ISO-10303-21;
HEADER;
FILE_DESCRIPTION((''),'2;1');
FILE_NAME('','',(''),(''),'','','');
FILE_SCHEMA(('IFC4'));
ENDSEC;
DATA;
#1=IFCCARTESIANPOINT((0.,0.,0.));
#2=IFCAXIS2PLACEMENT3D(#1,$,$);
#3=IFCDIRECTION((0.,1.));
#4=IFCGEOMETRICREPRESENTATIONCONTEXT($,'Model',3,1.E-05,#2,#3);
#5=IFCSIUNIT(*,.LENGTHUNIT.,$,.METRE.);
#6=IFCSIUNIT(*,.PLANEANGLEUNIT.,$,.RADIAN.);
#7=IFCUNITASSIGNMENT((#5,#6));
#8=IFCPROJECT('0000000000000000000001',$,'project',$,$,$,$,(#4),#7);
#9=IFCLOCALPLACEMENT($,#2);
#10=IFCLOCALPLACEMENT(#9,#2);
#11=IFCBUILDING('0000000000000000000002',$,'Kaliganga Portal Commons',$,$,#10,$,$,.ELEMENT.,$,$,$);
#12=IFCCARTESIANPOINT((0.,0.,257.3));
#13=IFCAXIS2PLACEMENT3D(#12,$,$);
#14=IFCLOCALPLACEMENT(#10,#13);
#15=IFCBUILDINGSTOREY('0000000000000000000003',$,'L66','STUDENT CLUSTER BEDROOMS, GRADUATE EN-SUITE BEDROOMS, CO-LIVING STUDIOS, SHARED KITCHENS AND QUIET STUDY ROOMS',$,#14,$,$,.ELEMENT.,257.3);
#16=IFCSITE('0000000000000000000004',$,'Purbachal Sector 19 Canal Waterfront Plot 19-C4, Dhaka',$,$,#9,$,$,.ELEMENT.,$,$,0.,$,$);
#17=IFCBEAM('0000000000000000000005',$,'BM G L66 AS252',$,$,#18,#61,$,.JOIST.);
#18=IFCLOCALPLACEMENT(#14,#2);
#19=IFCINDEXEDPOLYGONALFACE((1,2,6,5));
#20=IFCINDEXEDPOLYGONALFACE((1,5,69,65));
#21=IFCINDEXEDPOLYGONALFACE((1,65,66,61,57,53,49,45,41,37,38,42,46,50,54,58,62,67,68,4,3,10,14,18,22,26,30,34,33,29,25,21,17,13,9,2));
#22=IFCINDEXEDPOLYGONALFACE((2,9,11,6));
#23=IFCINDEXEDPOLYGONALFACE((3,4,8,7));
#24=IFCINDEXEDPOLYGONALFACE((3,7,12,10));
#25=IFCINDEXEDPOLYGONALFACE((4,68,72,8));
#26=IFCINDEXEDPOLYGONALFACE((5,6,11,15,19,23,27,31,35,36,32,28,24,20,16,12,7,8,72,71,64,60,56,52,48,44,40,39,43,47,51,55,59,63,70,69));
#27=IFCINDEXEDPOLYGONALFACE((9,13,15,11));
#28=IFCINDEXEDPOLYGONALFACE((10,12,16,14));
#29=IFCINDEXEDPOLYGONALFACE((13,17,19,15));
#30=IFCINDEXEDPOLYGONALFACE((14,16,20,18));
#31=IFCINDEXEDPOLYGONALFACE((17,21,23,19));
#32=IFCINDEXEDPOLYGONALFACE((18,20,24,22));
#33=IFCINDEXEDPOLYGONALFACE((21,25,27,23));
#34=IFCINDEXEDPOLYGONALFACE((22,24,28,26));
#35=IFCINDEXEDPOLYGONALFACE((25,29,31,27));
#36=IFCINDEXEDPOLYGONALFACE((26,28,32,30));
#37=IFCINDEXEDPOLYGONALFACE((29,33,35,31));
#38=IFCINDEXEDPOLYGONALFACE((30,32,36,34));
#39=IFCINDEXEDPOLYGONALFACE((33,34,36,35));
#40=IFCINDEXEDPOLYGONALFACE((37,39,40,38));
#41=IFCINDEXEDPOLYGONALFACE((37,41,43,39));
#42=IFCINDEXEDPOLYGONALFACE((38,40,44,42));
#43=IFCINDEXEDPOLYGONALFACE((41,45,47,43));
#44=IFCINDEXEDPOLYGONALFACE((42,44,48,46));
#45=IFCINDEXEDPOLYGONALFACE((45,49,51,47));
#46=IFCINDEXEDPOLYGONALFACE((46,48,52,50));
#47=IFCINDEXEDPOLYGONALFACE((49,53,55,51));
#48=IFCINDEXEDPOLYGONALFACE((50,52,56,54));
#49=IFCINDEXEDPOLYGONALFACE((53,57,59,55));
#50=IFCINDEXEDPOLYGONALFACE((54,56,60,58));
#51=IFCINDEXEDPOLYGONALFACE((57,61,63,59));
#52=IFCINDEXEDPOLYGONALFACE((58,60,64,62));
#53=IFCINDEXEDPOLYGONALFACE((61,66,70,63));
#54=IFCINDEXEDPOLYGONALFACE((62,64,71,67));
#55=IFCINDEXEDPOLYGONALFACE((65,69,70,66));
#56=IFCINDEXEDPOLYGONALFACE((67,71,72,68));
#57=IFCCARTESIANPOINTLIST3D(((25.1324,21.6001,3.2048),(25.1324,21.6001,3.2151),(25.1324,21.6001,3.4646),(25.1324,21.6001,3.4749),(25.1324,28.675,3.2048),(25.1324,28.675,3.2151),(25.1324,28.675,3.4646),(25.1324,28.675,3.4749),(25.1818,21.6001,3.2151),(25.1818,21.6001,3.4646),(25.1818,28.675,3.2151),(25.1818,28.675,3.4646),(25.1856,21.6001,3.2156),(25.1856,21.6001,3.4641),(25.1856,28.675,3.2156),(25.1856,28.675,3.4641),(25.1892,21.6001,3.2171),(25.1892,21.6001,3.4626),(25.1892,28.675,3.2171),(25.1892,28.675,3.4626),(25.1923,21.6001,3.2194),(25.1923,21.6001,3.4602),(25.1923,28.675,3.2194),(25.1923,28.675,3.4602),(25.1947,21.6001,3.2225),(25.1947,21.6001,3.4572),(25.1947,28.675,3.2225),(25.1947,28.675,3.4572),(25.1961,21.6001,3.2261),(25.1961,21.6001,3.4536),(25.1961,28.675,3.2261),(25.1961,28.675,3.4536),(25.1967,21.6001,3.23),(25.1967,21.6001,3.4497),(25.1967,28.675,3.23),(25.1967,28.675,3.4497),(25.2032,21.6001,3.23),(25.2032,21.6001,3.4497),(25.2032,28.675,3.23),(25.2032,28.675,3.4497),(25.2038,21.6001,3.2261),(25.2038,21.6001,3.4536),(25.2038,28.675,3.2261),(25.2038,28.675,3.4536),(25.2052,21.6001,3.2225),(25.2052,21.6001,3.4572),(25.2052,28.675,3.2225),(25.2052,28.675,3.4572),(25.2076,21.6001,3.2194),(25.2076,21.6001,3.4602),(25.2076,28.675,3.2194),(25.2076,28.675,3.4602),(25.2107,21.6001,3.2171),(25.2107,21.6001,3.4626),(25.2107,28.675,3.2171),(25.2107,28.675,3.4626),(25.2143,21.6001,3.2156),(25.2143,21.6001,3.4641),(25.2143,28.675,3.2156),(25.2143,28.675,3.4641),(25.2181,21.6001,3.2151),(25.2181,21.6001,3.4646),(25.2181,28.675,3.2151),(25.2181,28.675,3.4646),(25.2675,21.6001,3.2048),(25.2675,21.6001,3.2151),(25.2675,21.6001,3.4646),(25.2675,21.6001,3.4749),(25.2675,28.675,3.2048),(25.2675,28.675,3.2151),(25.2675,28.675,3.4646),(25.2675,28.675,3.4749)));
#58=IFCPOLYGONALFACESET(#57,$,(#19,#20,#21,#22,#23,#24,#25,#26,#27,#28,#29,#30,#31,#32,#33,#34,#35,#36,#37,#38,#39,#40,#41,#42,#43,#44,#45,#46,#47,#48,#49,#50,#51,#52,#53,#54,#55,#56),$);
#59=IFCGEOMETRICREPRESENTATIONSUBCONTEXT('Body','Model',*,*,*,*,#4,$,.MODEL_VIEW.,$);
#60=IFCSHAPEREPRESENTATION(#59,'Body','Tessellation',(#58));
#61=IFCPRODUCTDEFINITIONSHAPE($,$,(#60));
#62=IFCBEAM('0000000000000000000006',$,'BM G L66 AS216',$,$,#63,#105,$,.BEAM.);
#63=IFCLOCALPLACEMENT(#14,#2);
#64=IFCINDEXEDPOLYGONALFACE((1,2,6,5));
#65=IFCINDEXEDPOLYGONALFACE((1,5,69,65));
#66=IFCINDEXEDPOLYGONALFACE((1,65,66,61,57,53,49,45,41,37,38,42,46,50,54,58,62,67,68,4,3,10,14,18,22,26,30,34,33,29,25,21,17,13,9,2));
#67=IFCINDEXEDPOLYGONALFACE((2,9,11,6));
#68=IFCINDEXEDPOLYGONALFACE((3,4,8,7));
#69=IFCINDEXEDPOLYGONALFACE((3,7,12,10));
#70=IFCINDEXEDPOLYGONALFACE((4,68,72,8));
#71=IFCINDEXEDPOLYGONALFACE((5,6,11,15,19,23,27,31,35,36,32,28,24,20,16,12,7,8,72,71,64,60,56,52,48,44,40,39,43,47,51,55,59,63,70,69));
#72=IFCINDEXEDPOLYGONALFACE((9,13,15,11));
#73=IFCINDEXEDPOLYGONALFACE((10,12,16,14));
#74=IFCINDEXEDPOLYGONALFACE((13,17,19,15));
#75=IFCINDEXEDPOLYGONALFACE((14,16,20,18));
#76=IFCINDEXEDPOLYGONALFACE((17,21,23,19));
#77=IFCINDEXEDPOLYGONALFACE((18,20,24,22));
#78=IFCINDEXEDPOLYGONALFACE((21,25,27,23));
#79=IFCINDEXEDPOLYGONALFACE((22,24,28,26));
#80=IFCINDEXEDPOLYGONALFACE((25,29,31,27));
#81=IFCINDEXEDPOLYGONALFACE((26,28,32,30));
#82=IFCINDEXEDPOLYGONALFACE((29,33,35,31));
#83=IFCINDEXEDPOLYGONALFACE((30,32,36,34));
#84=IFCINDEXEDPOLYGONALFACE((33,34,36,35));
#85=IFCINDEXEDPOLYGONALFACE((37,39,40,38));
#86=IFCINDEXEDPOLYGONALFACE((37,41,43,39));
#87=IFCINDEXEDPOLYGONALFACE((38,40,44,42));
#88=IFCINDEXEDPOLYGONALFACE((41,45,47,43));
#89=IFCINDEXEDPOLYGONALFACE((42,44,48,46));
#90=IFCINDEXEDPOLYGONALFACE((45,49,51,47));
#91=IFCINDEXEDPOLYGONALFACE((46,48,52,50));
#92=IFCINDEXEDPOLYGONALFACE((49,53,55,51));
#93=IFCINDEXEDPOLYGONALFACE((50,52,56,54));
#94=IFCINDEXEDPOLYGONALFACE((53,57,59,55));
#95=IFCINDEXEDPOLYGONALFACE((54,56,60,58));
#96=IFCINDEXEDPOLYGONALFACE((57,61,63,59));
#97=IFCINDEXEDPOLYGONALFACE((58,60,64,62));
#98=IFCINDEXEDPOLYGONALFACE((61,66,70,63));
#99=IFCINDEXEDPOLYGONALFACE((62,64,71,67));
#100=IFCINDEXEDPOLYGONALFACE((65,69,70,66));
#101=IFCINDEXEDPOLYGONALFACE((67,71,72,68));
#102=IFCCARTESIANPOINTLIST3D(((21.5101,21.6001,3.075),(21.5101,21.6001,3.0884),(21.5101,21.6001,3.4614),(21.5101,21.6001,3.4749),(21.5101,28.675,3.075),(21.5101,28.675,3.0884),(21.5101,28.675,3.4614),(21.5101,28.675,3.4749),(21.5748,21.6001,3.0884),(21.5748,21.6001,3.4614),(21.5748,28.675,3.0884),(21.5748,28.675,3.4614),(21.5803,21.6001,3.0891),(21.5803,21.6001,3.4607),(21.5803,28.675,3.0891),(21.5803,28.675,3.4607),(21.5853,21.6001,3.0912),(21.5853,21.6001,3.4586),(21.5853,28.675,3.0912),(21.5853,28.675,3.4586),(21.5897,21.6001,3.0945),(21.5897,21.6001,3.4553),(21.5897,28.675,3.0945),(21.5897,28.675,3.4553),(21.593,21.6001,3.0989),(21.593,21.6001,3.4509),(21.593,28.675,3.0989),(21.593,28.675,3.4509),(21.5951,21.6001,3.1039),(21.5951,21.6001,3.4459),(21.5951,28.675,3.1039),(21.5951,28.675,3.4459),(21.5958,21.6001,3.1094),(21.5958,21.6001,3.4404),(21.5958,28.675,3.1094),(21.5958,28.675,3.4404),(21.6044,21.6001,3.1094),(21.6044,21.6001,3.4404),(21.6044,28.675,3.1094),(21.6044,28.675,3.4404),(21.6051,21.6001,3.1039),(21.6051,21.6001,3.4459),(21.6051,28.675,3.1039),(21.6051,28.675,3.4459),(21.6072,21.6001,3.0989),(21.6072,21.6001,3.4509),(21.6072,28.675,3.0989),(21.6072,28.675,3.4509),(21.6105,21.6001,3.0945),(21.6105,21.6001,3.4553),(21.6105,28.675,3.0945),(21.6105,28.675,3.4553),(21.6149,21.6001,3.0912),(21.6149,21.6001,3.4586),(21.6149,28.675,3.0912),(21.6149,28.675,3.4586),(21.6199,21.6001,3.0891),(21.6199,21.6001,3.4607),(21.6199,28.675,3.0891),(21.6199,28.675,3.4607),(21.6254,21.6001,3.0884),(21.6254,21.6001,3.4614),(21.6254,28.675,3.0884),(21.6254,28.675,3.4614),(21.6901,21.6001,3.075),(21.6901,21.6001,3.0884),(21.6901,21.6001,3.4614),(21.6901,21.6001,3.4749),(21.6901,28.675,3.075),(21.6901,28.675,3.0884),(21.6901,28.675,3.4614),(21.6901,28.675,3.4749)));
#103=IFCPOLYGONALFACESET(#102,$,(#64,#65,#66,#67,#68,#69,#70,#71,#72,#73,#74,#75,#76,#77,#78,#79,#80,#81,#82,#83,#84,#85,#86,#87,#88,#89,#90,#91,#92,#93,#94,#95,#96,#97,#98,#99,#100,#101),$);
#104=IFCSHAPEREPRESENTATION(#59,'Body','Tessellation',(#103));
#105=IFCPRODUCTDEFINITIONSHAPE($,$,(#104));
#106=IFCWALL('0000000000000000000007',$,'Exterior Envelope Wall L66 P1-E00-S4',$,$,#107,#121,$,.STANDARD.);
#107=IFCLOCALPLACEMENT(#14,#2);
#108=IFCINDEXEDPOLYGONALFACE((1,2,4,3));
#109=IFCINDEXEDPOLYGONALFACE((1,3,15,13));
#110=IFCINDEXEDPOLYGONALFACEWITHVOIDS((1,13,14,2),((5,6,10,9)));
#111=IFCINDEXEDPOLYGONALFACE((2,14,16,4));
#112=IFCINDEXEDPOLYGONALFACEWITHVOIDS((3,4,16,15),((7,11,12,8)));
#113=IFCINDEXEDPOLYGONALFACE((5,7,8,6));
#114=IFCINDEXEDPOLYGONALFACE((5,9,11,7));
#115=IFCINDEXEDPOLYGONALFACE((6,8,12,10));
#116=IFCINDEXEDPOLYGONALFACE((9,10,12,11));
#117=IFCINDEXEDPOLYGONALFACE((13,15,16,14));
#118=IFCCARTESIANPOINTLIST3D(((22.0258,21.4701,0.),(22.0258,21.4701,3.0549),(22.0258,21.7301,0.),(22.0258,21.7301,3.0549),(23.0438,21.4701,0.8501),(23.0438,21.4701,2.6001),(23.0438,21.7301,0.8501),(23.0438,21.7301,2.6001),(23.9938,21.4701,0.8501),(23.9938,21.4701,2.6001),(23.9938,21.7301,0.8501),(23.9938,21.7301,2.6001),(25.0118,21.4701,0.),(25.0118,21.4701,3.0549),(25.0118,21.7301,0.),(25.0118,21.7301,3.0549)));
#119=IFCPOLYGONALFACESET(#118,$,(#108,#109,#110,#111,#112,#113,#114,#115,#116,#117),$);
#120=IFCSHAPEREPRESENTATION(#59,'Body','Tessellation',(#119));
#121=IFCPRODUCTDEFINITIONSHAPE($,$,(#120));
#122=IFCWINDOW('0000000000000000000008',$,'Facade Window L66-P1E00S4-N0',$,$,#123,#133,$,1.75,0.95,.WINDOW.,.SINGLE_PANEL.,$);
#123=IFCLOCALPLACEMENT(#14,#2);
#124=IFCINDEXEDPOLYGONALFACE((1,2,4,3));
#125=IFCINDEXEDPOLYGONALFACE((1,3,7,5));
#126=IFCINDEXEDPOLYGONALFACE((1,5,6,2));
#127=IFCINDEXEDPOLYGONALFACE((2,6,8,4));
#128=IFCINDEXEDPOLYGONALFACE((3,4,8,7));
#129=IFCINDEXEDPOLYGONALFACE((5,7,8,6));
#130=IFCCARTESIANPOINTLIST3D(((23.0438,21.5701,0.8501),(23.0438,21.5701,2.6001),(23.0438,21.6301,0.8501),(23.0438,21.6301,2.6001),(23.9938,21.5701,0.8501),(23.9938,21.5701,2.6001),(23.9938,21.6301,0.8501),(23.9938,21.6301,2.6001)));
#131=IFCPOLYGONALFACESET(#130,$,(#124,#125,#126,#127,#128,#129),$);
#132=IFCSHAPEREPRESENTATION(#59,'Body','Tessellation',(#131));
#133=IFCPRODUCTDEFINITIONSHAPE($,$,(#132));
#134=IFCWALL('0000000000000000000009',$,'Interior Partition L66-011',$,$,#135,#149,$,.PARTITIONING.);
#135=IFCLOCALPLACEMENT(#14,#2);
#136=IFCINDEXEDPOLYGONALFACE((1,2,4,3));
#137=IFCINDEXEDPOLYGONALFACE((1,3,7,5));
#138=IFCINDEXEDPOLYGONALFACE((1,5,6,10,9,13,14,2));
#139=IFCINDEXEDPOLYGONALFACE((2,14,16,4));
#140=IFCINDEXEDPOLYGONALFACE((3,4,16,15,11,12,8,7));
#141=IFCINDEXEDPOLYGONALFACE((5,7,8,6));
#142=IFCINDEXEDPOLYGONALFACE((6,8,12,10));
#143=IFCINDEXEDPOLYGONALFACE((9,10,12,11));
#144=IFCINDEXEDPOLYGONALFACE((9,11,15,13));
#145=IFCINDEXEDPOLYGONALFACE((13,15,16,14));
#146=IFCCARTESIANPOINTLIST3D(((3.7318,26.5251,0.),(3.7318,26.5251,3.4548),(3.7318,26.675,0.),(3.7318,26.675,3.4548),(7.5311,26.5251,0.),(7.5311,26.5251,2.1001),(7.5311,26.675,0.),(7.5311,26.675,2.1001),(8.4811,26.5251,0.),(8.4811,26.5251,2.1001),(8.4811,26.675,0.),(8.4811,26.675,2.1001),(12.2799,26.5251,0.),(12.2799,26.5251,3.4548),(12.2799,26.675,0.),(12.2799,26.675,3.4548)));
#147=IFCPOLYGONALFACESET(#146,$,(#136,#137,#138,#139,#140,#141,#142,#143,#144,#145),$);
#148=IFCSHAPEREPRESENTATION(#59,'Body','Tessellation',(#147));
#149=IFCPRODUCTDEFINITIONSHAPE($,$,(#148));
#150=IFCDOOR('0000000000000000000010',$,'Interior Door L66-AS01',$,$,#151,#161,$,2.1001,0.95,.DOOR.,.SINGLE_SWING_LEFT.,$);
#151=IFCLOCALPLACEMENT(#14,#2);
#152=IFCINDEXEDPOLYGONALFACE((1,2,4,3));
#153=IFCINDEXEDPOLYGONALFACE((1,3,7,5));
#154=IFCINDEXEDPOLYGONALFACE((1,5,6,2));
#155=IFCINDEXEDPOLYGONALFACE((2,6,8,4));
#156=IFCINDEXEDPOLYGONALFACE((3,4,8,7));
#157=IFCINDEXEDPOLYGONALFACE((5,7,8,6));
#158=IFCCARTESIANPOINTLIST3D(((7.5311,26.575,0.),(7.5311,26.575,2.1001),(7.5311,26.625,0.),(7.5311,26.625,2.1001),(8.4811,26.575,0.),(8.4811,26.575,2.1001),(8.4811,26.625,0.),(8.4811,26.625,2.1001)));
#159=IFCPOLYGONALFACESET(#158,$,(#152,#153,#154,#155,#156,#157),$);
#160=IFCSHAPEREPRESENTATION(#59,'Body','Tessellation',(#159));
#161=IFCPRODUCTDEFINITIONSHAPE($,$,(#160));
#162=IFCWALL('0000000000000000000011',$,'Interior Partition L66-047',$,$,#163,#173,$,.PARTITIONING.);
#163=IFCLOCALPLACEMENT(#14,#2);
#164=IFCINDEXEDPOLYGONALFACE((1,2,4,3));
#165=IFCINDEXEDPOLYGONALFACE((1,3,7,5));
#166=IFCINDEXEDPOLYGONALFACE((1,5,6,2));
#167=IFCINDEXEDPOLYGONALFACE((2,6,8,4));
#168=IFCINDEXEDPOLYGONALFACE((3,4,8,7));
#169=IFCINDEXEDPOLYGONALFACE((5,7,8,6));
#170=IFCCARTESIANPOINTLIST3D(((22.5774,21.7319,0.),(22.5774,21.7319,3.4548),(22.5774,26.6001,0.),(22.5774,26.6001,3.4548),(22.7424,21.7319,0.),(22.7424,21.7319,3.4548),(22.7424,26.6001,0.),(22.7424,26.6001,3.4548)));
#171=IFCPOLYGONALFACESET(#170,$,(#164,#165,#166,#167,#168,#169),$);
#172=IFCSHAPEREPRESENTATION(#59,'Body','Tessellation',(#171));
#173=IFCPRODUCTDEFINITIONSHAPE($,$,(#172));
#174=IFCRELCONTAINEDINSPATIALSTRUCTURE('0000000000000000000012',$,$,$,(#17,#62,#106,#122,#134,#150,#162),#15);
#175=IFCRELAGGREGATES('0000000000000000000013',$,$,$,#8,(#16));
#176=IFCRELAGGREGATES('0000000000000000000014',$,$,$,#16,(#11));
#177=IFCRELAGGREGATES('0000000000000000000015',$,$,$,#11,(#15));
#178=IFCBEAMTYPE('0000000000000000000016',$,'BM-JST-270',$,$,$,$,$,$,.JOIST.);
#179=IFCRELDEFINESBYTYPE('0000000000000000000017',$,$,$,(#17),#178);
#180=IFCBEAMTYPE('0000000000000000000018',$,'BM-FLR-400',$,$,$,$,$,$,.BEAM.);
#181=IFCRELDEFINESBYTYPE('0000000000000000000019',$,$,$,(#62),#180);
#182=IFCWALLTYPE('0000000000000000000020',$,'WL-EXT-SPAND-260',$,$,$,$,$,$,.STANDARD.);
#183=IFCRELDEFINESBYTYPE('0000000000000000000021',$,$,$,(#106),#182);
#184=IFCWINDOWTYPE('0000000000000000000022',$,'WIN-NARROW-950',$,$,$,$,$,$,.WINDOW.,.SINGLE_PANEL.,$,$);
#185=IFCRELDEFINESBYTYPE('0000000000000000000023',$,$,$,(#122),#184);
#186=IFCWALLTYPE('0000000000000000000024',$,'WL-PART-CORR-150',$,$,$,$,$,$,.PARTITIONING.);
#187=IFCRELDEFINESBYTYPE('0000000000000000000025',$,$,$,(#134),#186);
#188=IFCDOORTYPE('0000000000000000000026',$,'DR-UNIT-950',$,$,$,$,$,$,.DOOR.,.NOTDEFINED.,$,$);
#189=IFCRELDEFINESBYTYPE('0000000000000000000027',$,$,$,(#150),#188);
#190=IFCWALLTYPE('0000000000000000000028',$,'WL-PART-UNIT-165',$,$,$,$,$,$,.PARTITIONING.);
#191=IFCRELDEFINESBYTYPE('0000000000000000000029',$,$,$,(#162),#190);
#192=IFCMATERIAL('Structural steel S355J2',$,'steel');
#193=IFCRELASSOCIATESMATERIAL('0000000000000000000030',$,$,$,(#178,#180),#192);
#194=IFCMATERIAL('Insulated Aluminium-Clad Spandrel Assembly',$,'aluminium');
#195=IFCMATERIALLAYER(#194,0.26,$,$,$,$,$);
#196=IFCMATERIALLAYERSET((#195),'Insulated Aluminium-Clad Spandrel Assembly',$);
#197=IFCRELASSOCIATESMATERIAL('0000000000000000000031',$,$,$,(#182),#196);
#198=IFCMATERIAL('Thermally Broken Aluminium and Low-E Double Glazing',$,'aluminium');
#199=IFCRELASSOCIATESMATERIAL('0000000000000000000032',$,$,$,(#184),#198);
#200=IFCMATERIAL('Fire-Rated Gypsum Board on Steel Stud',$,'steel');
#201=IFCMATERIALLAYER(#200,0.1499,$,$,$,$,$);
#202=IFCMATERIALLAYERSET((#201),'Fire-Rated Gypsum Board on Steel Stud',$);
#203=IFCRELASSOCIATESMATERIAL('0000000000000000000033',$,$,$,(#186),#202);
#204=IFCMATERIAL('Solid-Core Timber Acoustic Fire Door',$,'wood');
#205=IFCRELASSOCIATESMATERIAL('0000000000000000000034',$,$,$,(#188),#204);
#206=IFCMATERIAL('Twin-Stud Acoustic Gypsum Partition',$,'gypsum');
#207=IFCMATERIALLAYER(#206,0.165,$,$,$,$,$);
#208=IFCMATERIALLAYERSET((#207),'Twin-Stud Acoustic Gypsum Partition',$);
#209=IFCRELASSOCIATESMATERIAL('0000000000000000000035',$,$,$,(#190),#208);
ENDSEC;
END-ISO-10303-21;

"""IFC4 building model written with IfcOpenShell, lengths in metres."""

from ifc_helpers import new_model, si_unit, direction, frame, frame_2d, origin, origin_2d, place, context, subcontext, project, spatial, rectangle, i_section, extrude, source, transform, mapped, material, layer, layer_set, material_profile, profile_set, type_object, element, fill, save


model = new_model("IFC4")

# Units and contexts
model_context = context("Model", 3, precision=1e-05, world=origin(), true_north=direction((0.0, 1.0)))
body_context = subcontext(model_context, "Body", "Model", "MODEL_VIEW")
ifc_project = project(units=[si_unit("LENGTHUNIT", "METRE"), si_unit("PLANEANGLEUNIT", "RADIAN")], contexts=[model_context])

# Site, building, storey
site_placement = place(None, origin())
site = spatial("IfcSite", under=ifc_project, at=site_placement, Name="Purbachal Sector 19 Canal Waterfront Plot 19-C4, Dhaka", CompositionType="ELEMENT", RefElevation=0.0)
building_placement = place(site_placement, origin())
building = spatial("IfcBuilding", under=site, at=building_placement, Name="Kaliganga Portal Commons", CompositionType="ELEMENT")
storey_placement = place(building_placement, frame((0.0, 0.0, 257.3)))
storey = spatial("IfcBuildingStorey", under=building, at=storey_placement, Name="L66", Description="STUDENT CLUSTER BEDROOMS, GRADUATE EN-SUITE BEDROOMS, CO-LIVING STUDIOS, SHARED KITCHENS AND QUIET STUDY ROOMS", CompositionType="ELEMENT", Elevation=257.3)

# Shared definitions
ifc_material_1 = material(Name="Structural steel S355J2", Category="steel")

# Beams
ifc_material_profile_1 = material_profile(ifc_material_1, i_section(OverallWidth=0.135, OverallDepth=0.27, WebThickness=0.0066, FlangeThickness=0.0103, FilletRadius=0.0149, at=origin_2d()), Name="IPE 270")
ifc_profile_set_1 = profile_set([ifc_material_profile_1], Name="Structural steel S355J2 wide-flange")
beam_type_1 = type_object("IfcBeamType", Name="BM-JST-270", PredefinedType="JOIST", material=ifc_profile_set_1)
shared_shape_1 = source(origin(), body_context, "Body", "SweptSolid", [
    extrude(i_section(OverallWidth=0.135, OverallDepth=0.27, WebThickness=0.0066, FlangeThickness=0.0103, FilletRadius=0.0149, at=origin_2d()), origin(), (0.0, 0.0, 1.0), 7.075),
])
beam_1_placement = place(storey_placement, frame((25.2, 21.6001, 3.3398), z_axis=(0.0, 1.0, 0.0), x_axis=(-1.0, 0.0, 0.0)))
element("IfcBeam", 1, at=beam_1_placement, inside=storey, type_object=beam_type_1, Name="BM G L66 AS252", PredefinedType="JOIST", context=body_context, shape_type="MappedRepresentation", body=[
    mapped(shared_shape_1, transform((0.0, 0.0, 0.0), x_axis=(1.0, 0.0, 0.0), y_axis=(0.0, 1.0, 0.0), z_axis=(0.0, 0.0, 1.0), scale=1.0)),
])
ifc_material_profile_2 = material_profile(ifc_material_1, i_section(OverallWidth=0.1799, OverallDepth=0.3999, WebThickness=0.0085, FlangeThickness=0.0134, FilletRadius=0.021, at=origin_2d()), Name="IPE 400")
ifc_profile_set_2 = profile_set([ifc_material_profile_2], Name="Structural steel S355J2 wide-flange")
beam_type_2 = type_object("IfcBeamType", Name="BM-FLR-400", PredefinedType="BEAM", material=ifc_profile_set_2)
shared_shape_2 = source(origin(), body_context, "Body", "SweptSolid", [
    extrude(i_section(OverallWidth=0.1799, OverallDepth=0.3999, WebThickness=0.0085, FlangeThickness=0.0134, FilletRadius=0.021, at=origin_2d()), origin(), (0.0, 0.0, 1.0), 7.075),
])
beam_2_placement = place(storey_placement, frame((21.6001, 21.6001, 3.2749), z_axis=(0.0, 1.0, 0.0), x_axis=(-1.0, 0.0, 0.0)))
element("IfcBeam", 2, at=beam_2_placement, inside=storey, type_object=beam_type_2, Name="BM G L66 AS216", PredefinedType="BEAM", context=body_context, shape_type="MappedRepresentation", body=[
    mapped(shared_shape_2, transform((0.0, 0.0, 0.0), x_axis=(1.0, 0.0, 0.0), y_axis=(0.0, 1.0, 0.0), z_axis=(0.0, 0.0, 1.0), scale=1.0)),
])

# Wall, opening, window
ifc_material_2 = material(Name="Insulated Aluminium-Clad Spandrel Assembly", Category="aluminium")
ifc_layer_1 = layer(ifc_material_2, 0.26)
ifc_layer_set_1 = layer_set([ifc_layer_1], Name="Insulated Aluminium-Clad Spandrel Assembly")
wall_type_1 = type_object("IfcWallType", Name="WL-EXT-SPAND-260", PredefinedType="STANDARD", material=ifc_layer_set_1)
wall_1_placement = place(storey_placement, frame((25.012, 21.6001, 0.0), z_axis=(0.0, 0.0, 1.0), x_axis=(-1.0, 0.0, 0.0)))
wall_1 = element("IfcWall", 3, at=wall_1_placement, inside=storey, type_object=wall_type_1, Name="Exterior Envelope Wall L66 P1-E00-S4", PredefinedType="STANDARD", context=body_context, shape_type="SweptSolid", body=[
    extrude(rectangle(XDim=2.9861, YDim=0.26, at=frame_2d((1.4932, 0.0))), origin(), (0.0, 0.0, 1.0), 3.0549),
])
opening_1_placement = place(wall_1_placement, frame((1.0181, 0.0, 0.8501)))
opening_1 = element("IfcOpeningElement", 4, at=opening_1_placement, cuts=wall_1, PredefinedType="OPENING", context=body_context, shape_type="SweptSolid", body=[
    extrude(rectangle(XDim=0.95, YDim=1.75, at=frame_2d((0.4751, 0.875))), frame((0.0, 0.1401, 0.0), z_axis=(0.0, -1.0, 0.0), x_axis=(1.0, 0.0, 0.0)), (0.0, 0.0, 1.0), 0.28),
])
ifc_material_3 = material(Name="Thermally Broken Aluminium and Low-E Double Glazing", Category="aluminium")
window_type = type_object("IfcWindowType", Name="WIN-NARROW-950", PartitioningType="SINGLE_PANEL", PredefinedType="WINDOW", material=ifc_material_3)
window_placement = place(opening_1_placement, origin())
window = element("IfcWindow", 5, at=window_placement, inside=storey, type_object=window_type, Name="Facade Window L66-P1E00S4-N0", OverallHeight=1.75, OverallWidth=0.95, PartitioningType="SINGLE_PANEL", PredefinedType="WINDOW", context=body_context, shape_type="SweptSolid", body=[
    extrude(rectangle(XDim=0.95, YDim=1.75, at=frame_2d((0.4751, 0.875))), frame((0.0, 0.03, 0.0), z_axis=(0.0, -1.0, 0.0), x_axis=(1.0, 0.0, 0.0)), (0.0, 0.0, 1.0), 0.0601),
])
fill(opening_1, window)

# Wall, opening, door
ifc_material_4 = material(Name="Fire-Rated Gypsum Board on Steel Stud", Category="steel")
ifc_layer_2 = layer(ifc_material_4, 0.1499)
ifc_layer_set_2 = layer_set([ifc_layer_2], Name="Fire-Rated Gypsum Board on Steel Stud")
wall_type_2 = type_object("IfcWallType", Name="WL-PART-CORR-150", PredefinedType="PARTITIONING", material=ifc_layer_set_2)
wall_2_placement = place(storey_placement, frame((3.7319, 26.6001, 0.0), z_axis=(0.0, 0.0, 1.0), x_axis=(1.0, 0.0, 0.0)))
wall_2 = element("IfcWall", 6, at=wall_2_placement, inside=storey, type_object=wall_type_2, Name="Interior Partition L66-011", PredefinedType="PARTITIONING", context=body_context, shape_type="SweptSolid", body=[
    extrude(rectangle(XDim=8.5481, YDim=0.1499, at=frame_2d((4.2739, 0.0))), origin(), (0.0, 0.0, 1.0), 3.4548),
])
opening_2_placement = place(wall_2_placement, frame((3.7991, 0.0, 0.0)))
opening_2 = element("IfcOpeningElement", 7, at=opening_2_placement, cuts=wall_2, PredefinedType="OPENING", context=body_context, shape_type="SweptSolid", body=[
    extrude(rectangle(XDim=0.95, YDim=2.1001, at=frame_2d((0.4751, 1.05))), frame((0.0, 0.085, 0.0), z_axis=(0.0, -1.0, 0.0), x_axis=(1.0, 0.0, 0.0)), (0.0, 0.0, 1.0), 0.1699),
])
ifc_material_5 = material(Name="Solid-Core Timber Acoustic Fire Door", Category="wood")
door_type_1 = type_object("IfcDoorType", Name="DR-UNIT-950", OperationType="NOTDEFINED", PredefinedType="DOOR", material=ifc_material_5)
door_1_placement = place(opening_2_placement, origin())
door_1 = element("IfcDoor", 8, at=door_1_placement, inside=storey, type_object=door_type_1, Name="Interior Door L66-AS01", OperationType="SINGLE_SWING_LEFT", OverallHeight=2.1001, OverallWidth=0.95, PredefinedType="DOOR", context=body_context, shape_type="SweptSolid", body=[
    extrude(rectangle(XDim=0.95, YDim=2.1001, at=frame_2d((0.4751, 1.05))), frame((0.0, 0.0249, 0.0), z_axis=(0.0, -1.0, 0.0), x_axis=(1.0, 0.0, 0.0)), (0.0, 0.0, 1.0), 0.05),
])
fill(opening_2, door_1)

# Wall
ifc_material_6 = material(Name="Twin-Stud Acoustic Gypsum Partition", Category="gypsum")
ifc_layer_3 = layer(ifc_material_6, 0.165)
ifc_layer_set_3 = layer_set([ifc_layer_3], Name="Twin-Stud Acoustic Gypsum Partition")
wall_type_3 = type_object("IfcWallType", Name="WL-PART-UNIT-165", PredefinedType="PARTITIONING", material=ifc_layer_set_3)
wall_3_placement = place(storey_placement, frame((22.6599, 21.7319, 0.0), z_axis=(0.0, 0.0, 1.0), x_axis=(0.0, 1.0, 0.0)))
element("IfcWall", 9, at=wall_3_placement, inside=storey, type_object=wall_type_3, Name="Interior Partition L66-047", PredefinedType="PARTITIONING", context=body_context, shape_type="SweptSolid", body=[
    extrude(rectangle(XDim=4.8682, YDim=0.165, at=frame_2d((2.4341, 0.0))), origin(), (0.0, 0.0, 1.0), 3.4548),
])

save(model, "model.ifc")
